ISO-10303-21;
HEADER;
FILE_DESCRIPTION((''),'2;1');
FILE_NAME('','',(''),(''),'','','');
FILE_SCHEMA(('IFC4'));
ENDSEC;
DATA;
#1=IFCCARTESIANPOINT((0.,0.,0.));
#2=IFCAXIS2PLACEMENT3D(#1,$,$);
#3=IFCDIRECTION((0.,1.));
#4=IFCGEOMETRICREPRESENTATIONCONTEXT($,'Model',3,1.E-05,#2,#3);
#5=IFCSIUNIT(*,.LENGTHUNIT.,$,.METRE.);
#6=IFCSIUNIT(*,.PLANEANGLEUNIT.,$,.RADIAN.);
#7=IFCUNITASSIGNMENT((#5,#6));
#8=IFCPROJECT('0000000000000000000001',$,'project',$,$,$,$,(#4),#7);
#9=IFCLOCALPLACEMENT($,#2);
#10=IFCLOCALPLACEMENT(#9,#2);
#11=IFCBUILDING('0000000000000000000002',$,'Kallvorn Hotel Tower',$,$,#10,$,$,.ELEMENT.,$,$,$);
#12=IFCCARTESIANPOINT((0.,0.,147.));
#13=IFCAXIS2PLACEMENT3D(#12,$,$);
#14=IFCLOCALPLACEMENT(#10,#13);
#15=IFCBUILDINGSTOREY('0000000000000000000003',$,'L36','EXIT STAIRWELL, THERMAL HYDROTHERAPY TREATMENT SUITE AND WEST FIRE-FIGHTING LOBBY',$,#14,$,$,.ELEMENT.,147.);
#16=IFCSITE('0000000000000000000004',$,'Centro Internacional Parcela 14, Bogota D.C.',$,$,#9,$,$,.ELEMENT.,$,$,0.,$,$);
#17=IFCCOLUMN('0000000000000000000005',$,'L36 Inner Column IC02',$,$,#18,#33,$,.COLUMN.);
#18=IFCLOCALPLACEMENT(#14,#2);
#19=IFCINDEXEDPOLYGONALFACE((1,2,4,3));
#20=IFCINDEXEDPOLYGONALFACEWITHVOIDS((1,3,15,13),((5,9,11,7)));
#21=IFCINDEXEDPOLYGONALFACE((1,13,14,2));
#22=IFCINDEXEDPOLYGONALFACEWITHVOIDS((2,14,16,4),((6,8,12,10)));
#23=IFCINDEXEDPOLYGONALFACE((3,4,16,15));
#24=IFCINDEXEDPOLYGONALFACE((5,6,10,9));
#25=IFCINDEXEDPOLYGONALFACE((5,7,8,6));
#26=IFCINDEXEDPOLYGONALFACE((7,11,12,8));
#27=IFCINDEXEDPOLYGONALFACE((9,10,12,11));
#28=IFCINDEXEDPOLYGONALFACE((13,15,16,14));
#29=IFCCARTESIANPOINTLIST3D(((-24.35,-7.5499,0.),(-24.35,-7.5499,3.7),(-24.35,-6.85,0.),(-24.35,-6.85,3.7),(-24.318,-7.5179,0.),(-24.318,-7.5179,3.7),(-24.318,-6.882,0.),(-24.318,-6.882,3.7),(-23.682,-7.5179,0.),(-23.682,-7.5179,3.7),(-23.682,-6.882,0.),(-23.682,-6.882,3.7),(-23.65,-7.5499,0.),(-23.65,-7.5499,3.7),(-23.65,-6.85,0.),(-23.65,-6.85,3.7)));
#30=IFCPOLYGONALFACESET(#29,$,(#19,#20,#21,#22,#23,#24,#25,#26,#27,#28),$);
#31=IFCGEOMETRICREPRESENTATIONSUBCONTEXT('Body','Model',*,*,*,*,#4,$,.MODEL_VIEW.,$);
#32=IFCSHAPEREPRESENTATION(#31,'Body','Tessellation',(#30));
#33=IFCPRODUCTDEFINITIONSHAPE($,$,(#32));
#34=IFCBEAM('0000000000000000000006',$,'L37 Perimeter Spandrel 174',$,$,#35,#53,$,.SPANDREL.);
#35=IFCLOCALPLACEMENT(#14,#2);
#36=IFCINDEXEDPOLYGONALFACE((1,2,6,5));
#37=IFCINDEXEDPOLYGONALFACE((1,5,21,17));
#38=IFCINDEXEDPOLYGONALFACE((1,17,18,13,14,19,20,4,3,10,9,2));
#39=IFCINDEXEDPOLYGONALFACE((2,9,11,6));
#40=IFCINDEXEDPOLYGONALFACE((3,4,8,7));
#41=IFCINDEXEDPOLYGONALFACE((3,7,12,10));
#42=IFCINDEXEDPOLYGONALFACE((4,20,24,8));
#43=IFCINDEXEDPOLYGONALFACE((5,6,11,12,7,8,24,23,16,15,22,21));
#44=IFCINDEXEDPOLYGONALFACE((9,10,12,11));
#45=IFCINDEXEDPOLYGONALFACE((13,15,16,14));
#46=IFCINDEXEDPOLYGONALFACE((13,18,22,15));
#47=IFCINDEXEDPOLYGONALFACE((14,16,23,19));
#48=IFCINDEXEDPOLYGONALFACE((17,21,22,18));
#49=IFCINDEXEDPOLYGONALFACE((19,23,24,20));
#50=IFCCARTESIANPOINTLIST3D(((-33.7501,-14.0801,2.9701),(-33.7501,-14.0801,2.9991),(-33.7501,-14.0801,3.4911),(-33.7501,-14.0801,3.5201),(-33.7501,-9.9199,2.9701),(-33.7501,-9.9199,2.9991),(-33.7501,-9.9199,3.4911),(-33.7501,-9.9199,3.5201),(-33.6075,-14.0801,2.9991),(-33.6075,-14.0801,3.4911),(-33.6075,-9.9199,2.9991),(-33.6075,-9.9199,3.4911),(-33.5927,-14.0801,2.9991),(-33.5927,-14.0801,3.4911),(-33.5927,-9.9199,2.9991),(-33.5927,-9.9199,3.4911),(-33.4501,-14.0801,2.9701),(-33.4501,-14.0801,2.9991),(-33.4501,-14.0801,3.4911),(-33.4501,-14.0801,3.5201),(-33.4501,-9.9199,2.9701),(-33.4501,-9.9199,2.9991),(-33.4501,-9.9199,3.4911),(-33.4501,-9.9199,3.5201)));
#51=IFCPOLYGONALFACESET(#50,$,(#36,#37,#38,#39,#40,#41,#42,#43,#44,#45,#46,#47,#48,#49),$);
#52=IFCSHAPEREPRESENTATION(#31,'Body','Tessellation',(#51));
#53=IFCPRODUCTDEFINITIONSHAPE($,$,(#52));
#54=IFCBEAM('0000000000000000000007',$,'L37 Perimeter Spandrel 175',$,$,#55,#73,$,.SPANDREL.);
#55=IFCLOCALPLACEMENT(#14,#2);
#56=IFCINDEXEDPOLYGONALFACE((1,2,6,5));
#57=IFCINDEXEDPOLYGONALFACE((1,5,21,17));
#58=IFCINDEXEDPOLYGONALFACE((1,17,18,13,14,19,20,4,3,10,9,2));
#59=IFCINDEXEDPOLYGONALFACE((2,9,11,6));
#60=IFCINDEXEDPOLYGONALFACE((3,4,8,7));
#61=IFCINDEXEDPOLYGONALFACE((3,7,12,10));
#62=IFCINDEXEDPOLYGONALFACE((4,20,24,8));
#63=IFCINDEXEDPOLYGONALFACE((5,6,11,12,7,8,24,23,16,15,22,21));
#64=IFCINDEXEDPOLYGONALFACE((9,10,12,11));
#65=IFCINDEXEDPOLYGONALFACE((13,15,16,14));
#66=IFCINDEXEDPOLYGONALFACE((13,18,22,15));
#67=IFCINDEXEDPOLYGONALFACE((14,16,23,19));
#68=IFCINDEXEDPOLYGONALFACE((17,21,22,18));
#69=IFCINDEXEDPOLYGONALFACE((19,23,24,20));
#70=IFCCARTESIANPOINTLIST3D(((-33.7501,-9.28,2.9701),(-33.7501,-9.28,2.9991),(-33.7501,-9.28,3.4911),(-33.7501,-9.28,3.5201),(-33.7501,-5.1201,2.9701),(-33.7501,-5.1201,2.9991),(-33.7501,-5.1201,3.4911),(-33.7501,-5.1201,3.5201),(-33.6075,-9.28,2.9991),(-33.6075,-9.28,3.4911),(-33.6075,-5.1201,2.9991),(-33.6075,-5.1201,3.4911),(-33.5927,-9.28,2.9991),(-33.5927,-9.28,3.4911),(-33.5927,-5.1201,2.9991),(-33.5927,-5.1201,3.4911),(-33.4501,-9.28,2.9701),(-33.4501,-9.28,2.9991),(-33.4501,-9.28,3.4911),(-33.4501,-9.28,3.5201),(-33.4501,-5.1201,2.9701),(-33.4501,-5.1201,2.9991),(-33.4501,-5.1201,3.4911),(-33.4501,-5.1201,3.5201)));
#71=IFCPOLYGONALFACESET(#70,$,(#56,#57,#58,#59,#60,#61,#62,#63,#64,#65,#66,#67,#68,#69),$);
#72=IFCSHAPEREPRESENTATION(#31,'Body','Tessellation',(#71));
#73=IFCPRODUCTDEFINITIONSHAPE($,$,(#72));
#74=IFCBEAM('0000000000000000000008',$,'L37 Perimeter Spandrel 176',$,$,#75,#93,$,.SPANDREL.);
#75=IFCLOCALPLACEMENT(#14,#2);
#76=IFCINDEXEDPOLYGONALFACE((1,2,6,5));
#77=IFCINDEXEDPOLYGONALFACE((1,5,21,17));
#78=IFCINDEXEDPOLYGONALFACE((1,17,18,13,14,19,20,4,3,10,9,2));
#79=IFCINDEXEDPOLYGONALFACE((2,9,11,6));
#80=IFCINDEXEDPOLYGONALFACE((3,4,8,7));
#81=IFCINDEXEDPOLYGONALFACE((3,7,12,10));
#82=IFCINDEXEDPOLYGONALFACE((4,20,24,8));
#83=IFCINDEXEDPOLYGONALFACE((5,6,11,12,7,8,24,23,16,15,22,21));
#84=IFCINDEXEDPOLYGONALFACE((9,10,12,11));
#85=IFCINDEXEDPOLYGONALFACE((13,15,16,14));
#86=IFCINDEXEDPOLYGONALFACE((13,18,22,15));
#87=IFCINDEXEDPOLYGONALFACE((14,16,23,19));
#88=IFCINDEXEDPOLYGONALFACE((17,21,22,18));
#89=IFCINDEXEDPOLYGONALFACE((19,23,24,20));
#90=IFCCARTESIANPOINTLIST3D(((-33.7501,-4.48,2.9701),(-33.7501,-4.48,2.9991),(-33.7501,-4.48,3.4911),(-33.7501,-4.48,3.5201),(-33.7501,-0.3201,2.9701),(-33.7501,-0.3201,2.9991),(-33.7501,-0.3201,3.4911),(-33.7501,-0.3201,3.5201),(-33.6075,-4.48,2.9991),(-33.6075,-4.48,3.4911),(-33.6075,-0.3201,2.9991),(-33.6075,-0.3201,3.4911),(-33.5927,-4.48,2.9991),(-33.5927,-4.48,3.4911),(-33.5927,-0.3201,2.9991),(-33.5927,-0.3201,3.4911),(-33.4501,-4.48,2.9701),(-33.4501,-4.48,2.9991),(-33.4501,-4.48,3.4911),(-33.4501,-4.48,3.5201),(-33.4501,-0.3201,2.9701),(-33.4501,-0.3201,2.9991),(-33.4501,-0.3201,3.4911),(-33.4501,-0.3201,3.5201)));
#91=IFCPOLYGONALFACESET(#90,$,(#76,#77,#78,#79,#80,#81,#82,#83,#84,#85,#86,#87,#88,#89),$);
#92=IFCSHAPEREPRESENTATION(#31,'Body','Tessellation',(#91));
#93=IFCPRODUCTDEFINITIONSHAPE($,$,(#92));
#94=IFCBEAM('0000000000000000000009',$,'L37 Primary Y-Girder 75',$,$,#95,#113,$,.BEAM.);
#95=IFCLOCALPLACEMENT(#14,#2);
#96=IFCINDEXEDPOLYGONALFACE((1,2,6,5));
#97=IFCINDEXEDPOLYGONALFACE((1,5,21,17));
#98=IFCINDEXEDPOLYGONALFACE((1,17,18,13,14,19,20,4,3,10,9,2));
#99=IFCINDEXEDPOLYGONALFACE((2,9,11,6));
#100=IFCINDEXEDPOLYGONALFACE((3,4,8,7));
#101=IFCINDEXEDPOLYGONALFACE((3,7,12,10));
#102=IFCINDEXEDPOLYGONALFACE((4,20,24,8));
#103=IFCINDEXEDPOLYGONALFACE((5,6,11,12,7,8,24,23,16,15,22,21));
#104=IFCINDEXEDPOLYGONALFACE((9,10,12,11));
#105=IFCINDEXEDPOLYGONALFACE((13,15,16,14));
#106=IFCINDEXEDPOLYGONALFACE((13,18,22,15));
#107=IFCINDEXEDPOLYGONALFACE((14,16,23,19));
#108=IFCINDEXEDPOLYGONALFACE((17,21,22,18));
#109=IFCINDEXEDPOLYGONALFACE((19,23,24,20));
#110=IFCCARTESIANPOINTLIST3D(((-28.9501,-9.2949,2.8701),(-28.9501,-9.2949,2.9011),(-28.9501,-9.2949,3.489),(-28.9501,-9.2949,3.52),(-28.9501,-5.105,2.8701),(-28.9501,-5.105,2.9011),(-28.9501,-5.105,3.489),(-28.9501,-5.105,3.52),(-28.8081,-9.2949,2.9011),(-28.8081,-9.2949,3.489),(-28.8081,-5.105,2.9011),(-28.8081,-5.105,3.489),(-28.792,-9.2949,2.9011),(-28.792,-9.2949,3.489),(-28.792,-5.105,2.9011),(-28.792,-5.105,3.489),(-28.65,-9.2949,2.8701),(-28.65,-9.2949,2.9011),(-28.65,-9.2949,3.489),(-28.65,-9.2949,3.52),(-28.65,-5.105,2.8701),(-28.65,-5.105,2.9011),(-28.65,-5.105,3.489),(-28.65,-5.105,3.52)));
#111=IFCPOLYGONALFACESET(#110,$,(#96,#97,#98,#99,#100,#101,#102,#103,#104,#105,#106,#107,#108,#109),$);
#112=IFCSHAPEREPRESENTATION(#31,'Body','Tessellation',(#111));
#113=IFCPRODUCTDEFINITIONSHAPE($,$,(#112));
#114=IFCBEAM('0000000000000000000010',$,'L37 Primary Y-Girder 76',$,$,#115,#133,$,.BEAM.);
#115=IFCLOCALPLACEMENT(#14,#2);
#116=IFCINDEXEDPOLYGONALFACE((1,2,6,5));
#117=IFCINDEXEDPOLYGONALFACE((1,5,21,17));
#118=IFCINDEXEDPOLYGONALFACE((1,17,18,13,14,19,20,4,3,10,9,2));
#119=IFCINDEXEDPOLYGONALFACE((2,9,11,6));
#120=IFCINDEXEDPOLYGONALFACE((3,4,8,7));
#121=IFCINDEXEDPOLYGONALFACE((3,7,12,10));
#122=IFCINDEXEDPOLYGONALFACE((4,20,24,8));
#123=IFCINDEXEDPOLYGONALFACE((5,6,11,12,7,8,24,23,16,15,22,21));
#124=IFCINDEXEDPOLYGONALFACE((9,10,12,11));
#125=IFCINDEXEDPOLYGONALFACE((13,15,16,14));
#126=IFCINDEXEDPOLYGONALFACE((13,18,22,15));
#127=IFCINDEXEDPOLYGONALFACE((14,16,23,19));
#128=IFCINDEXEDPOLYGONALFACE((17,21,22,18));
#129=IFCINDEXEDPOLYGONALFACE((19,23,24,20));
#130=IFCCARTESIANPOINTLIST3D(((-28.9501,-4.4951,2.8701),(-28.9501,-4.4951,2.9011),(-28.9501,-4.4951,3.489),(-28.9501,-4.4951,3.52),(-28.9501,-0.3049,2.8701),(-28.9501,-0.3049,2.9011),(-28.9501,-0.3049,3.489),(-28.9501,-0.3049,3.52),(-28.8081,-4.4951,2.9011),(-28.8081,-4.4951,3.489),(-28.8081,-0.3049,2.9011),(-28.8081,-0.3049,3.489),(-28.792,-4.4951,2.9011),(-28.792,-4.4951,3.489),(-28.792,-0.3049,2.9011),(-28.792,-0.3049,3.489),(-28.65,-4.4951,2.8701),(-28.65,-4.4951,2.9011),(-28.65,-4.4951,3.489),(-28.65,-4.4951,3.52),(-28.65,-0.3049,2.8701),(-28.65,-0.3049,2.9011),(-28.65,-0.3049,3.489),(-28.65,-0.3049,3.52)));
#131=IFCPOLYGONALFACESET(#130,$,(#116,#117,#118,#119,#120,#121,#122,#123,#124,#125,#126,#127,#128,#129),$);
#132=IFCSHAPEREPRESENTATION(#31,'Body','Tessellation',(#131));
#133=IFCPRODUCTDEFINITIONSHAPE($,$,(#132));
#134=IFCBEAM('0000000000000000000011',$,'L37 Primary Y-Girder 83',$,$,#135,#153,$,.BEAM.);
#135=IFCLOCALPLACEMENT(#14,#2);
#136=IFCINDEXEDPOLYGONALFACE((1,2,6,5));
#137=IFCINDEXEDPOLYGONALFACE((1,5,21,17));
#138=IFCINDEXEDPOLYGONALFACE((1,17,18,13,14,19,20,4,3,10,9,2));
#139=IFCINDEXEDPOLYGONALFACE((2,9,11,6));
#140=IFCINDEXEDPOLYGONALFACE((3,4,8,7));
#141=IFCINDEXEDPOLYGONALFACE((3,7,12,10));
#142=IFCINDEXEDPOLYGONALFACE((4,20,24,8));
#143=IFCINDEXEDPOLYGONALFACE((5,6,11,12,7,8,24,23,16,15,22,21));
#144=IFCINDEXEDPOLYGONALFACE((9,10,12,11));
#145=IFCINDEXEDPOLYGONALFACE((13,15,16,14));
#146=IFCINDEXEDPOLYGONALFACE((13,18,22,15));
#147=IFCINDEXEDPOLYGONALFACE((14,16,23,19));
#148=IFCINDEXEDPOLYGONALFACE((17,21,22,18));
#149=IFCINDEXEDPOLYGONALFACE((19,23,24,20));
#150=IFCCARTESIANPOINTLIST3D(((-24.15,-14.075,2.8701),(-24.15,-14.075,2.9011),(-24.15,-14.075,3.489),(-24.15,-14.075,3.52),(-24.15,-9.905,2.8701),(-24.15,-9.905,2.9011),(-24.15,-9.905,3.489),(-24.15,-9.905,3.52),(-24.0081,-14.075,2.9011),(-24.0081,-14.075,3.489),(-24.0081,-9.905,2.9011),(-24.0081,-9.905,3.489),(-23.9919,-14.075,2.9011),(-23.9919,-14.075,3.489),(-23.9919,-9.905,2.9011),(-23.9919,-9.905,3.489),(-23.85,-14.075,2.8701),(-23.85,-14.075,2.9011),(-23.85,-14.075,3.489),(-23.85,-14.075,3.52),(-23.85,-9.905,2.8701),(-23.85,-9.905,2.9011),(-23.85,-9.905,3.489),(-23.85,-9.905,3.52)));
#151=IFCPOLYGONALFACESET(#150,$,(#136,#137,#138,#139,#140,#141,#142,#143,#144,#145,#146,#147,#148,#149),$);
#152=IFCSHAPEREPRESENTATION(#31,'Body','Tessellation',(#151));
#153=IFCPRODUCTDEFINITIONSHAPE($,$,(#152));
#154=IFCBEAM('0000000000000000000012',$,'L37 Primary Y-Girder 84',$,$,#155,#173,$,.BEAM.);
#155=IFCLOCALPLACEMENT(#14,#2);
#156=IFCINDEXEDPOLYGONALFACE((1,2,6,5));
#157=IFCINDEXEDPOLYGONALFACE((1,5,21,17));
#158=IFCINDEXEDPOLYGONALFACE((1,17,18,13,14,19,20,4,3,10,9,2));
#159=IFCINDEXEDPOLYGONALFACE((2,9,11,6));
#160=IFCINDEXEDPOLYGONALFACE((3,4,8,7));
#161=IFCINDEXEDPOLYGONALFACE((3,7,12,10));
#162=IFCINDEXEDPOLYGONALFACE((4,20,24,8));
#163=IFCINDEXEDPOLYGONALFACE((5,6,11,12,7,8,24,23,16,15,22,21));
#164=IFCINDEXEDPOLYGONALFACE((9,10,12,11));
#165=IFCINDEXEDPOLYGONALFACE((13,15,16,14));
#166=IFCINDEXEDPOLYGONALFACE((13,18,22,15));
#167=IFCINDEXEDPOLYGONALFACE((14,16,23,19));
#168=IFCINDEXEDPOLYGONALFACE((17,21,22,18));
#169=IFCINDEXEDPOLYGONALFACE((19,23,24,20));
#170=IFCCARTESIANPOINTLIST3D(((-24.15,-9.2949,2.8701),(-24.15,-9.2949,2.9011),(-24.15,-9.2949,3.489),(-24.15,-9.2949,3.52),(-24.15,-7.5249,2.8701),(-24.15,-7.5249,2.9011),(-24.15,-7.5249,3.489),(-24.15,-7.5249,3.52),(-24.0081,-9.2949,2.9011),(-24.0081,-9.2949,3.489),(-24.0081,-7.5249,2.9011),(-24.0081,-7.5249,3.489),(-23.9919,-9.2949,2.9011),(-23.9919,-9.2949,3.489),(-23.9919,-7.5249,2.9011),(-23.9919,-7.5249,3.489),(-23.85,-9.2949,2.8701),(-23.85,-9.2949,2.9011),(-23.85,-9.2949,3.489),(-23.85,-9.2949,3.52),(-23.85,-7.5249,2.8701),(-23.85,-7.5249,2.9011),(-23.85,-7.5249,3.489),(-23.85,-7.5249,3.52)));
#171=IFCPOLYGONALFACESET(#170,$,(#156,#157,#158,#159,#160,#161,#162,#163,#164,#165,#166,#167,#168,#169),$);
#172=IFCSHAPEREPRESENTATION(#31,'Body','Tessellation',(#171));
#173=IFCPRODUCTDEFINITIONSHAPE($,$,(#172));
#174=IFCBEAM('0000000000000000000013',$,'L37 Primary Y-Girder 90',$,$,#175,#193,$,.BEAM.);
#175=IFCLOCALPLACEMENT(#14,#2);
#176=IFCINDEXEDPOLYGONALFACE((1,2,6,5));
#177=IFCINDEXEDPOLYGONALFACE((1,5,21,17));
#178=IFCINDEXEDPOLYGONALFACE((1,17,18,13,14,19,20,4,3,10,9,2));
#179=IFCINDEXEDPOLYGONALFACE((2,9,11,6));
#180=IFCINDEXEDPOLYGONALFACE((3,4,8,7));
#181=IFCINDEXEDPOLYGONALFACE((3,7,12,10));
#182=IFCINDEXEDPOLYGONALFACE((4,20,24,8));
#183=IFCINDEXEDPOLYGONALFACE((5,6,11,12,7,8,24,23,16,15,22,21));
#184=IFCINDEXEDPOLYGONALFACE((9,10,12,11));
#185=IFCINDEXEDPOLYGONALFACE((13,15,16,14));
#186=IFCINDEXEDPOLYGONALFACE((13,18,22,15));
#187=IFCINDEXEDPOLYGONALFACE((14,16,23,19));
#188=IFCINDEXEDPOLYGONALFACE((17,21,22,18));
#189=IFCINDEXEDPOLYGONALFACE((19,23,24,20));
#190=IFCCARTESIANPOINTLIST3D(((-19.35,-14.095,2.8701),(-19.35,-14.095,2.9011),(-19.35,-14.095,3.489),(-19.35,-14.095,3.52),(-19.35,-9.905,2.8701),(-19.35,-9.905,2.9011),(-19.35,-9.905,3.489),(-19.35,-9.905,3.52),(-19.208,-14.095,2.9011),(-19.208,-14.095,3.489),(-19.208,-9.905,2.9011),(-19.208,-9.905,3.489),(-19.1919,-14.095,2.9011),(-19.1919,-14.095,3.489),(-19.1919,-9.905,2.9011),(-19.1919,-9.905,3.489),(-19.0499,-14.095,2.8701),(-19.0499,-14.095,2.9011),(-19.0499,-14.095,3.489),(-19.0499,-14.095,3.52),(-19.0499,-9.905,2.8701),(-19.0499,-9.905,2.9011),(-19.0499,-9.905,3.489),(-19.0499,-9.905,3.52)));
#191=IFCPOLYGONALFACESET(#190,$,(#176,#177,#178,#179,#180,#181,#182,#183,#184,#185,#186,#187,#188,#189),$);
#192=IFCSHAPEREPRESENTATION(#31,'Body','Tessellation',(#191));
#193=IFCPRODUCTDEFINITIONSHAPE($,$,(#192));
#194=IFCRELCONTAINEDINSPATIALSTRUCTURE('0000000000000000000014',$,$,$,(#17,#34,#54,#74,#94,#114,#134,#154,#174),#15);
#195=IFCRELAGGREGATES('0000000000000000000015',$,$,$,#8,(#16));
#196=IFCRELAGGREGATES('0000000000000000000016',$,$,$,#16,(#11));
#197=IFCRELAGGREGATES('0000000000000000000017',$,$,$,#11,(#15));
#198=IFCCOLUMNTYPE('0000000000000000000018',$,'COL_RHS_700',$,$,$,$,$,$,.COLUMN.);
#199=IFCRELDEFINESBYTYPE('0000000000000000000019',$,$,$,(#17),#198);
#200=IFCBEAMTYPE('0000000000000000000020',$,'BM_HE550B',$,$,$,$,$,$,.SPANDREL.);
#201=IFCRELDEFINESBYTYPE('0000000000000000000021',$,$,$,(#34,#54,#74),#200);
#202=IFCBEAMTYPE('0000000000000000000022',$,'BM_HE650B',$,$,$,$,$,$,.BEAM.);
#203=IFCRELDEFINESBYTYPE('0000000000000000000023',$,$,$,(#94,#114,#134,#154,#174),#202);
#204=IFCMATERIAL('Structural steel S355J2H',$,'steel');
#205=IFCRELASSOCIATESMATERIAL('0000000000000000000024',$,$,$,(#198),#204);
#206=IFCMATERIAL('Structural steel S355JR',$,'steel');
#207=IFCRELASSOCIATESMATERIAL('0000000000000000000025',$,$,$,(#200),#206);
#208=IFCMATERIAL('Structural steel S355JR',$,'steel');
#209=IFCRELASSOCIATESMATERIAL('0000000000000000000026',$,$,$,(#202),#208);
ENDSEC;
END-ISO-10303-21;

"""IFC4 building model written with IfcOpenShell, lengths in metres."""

from ifc_helpers import new_model, si_unit, direction, frame, origin, origin_2d, place, context, subcontext, project, spatial, hollow_rectangle, i_section, extrude, material, material_profile, profile_set, type_object, element, save


model = new_model("IFC4")

# Units and contexts
model_context = context("Model", 3, precision=1e-05, world=origin(), true_north=direction((0.0, 1.0)))
body_context = subcontext(model_context, "Body", "Model", "MODEL_VIEW")
ifc_project = project(units=[si_unit("LENGTHUNIT", "METRE"), si_unit("PLANEANGLEUNIT", "RADIAN")], contexts=[model_context])

# Site, building, storey
site_placement = place(None, origin())
site = spatial("IfcSite", under=ifc_project, at=site_placement, Name="Centro Internacional Parcela 14, Bogota D.C.", CompositionType="ELEMENT", RefElevation=0.0)
building_placement = place(site_placement, origin())
building = spatial("IfcBuilding", under=site, at=building_placement, Name="Kallvorn Hotel Tower", CompositionType="ELEMENT")
storey_placement = place(building_placement, frame((0.0, 0.0, 147.0)))
storey = spatial("IfcBuildingStorey", under=building, at=storey_placement, Name="L36", Description="EXIT STAIRWELL, THERMAL HYDROTHERAPY TREATMENT SUITE AND WEST FIRE-FIGHTING LOBBY", CompositionType="ELEMENT", Elevation=147.0)

# Column
ifc_material_1 = material(Name="Structural steel S355J2H", Category="steel")
ifc_material_profile_1 = material_profile(ifc_material_1, hollow_rectangle(XDim=0.7, YDim=0.7, WallThickness=0.032, at=origin_2d()), Name="RHS 700x700x32")
ifc_profile_set_1 = profile_set([ifc_material_profile_1], Name="Structural steel S355J2H")
column_type_1 = type_object("IfcColumnType", Name="COL_RHS_700", PredefinedType="COLUMN", material=ifc_profile_set_1)
column_placement = place(storey_placement, frame((-24.0, -7.2, 0.0), z_axis=(0.0, 0.0, 1.0), x_axis=(1.0, 0.0, 0.0)))
element("IfcColumn", 1, at=column_placement, inside=storey, type_object=column_type_1, Name="L36 Inner Column IC02", PredefinedType="COLUMN", context=body_context, shape_type="SweptSolid", body=[
    extrude(hollow_rectangle(XDim=0.7, YDim=0.7, WallThickness=0.032, at=origin_2d()), origin(), (0.0, 0.0, 1.0), 3.7),
])

# Beams
ifc_material_2 = material(Name="Structural steel S355JR", Category="steel")
ifc_material_profile_2 = material_profile(ifc_material_2, i_section(OverallWidth=0.3, OverallDepth=0.55, WebThickness=0.0149, FlangeThickness=0.0291, at=origin_2d()), Name="HE 550 B")
ifc_profile_set_2 = profile_set([ifc_material_profile_2], Name="Structural steel S355JR")
beam_type_1 = type_object("IfcBeamType", Name="BM_HE550B", PredefinedType="SPANDREL", material=ifc_profile_set_2)
beam_1_placement = place(storey_placement, frame((-33.6001, -14.0801, 3.2451), z_axis=(0.0, 1.0, 0.0), x_axis=(-1.0, 0.0, 0.0)))
element("IfcBeam", 2, at=beam_1_placement, inside=storey, type_object=beam_type_1, Name="L37 Perimeter Spandrel 174", PredefinedType="SPANDREL", context=body_context, shape_type="SweptSolid", body=[
    extrude(i_section(OverallWidth=0.3, OverallDepth=0.55, WebThickness=0.0149, FlangeThickness=0.0291, at=origin_2d()), origin(), (0.0, 0.0, 1.0), 4.1602),
])
for number, where, z_axis, x_axis, name in (
    (3, (-33.6001, -9.28, 3.2451), (0.0, 1.0, 0.0), (-1.0, 0.0, 0.0), "L37 Perimeter Spandrel 175"),
    (4, (-33.6001, -4.48, 3.2451), (0.0, 1.0, 0.0), (-1.0, 0.0, 0.0), "L37 Perimeter Spandrel 176"),
):
    element("IfcBeam", number, at=place(storey_placement, frame(where, z_axis=z_axis, x_axis=x_axis)), inside=storey, type_object=beam_type_1, Name=name, PredefinedType="SPANDREL", context=body_context, shape_type="SweptSolid", body=[
        extrude(i_section(OverallWidth=0.3, OverallDepth=0.55, WebThickness=0.0149, FlangeThickness=0.0291, at=origin_2d()), origin(), (0.0, 0.0, 1.0), 4.1599),
    ])
ifc_material_3 = material(Name="Structural steel S355JR", Category="steel")
ifc_material_profile_3 = material_profile(ifc_material_3, i_section(OverallWidth=0.3, OverallDepth=0.6499, WebThickness=0.0161, FlangeThickness=0.031, at=origin_2d()), Name="HE 650 B")
ifc_profile_set_3 = profile_set([ifc_material_profile_3], Name="Structural steel S355JR")
beam_type_2 = type_object("IfcBeamType", Name="BM_HE650B", PredefinedType="BEAM", material=ifc_profile_set_3)
beam_2_placement = place(storey_placement, frame((-28.8, -9.2949, 3.1951), z_axis=(0.0, 1.0, 0.0), x_axis=(-1.0, 0.0, 0.0)))
element("IfcBeam", 5, at=beam_2_placement, inside=storey, type_object=beam_type_2, Name="L37 Primary Y-Girder 75", PredefinedType="BEAM", context=body_context, shape_type="SweptSolid", body=[
    extrude(i_section(OverallWidth=0.3, OverallDepth=0.6499, WebThickness=0.0161, FlangeThickness=0.031, at=origin_2d()), origin(), (0.0, 0.0, 1.0), 4.1899),
])
beam_3_placement = place(storey_placement, frame((-28.8, -4.4951, 3.1951), z_axis=(0.0, 1.0, 0.0), x_axis=(-1.0, 0.0, 0.0)))
element("IfcBeam", 6, at=beam_3_placement, inside=storey, type_object=beam_type_2, Name="L37 Primary Y-Girder 76", PredefinedType="BEAM", context=body_context, shape_type="SweptSolid", body=[
    extrude(i_section(OverallWidth=0.3, OverallDepth=0.6499, WebThickness=0.0161, FlangeThickness=0.031, at=origin_2d()), origin(), (0.0, 0.0, 1.0), 4.1902),
])
beam_4_placement = place(storey_placement, frame((-24.0, -14.075, 3.1951), z_axis=(0.0, 1.0, 0.0), x_axis=(-1.0, 0.0, 0.0)))
element("IfcBeam", 7, at=beam_4_placement, inside=storey, type_object=beam_type_2, Name="L37 Primary Y-Girder 83", PredefinedType="BEAM", context=body_context, shape_type="SweptSolid", body=[
    extrude(i_section(OverallWidth=0.3, OverallDepth=0.6499, WebThickness=0.0161, FlangeThickness=0.031, at=origin_2d()), origin(), (0.0, 0.0, 1.0), 4.1699),
])
beam_5_placement = place(storey_placement, frame((-24.0, -9.2949, 3.1951), z_axis=(0.0, 1.0, 0.0), x_axis=(-1.0, 0.0, 0.0)))
element("IfcBeam", 8, at=beam_5_placement, inside=storey, type_object=beam_type_2, Name="L37 Primary Y-Girder 84", PredefinedType="BEAM", context=body_context, shape_type="SweptSolid", body=[
    extrude(i_section(OverallWidth=0.3, OverallDepth=0.6499, WebThickness=0.0161, FlangeThickness=0.031, at=origin_2d()), origin(), (0.0, 0.0, 1.0), 1.77),
])
beam_6_placement = place(storey_placement, frame((-19.2, -14.095, 3.1951), z_axis=(0.0, 1.0, 0.0), x_axis=(-1.0, 0.0, 0.0)))
element("IfcBeam", 9, at=beam_6_placement, inside=storey, type_object=beam_type_2, Name="L37 Primary Y-Girder 90", PredefinedType="BEAM", context=body_context, shape_type="SweptSolid", body=[
    extrude(i_section(OverallWidth=0.3, OverallDepth=0.6499, WebThickness=0.0161, FlangeThickness=0.031, at=origin_2d()), origin(), (0.0, 0.0, 1.0), 4.1899),
])

save(model, "model.ifc")
